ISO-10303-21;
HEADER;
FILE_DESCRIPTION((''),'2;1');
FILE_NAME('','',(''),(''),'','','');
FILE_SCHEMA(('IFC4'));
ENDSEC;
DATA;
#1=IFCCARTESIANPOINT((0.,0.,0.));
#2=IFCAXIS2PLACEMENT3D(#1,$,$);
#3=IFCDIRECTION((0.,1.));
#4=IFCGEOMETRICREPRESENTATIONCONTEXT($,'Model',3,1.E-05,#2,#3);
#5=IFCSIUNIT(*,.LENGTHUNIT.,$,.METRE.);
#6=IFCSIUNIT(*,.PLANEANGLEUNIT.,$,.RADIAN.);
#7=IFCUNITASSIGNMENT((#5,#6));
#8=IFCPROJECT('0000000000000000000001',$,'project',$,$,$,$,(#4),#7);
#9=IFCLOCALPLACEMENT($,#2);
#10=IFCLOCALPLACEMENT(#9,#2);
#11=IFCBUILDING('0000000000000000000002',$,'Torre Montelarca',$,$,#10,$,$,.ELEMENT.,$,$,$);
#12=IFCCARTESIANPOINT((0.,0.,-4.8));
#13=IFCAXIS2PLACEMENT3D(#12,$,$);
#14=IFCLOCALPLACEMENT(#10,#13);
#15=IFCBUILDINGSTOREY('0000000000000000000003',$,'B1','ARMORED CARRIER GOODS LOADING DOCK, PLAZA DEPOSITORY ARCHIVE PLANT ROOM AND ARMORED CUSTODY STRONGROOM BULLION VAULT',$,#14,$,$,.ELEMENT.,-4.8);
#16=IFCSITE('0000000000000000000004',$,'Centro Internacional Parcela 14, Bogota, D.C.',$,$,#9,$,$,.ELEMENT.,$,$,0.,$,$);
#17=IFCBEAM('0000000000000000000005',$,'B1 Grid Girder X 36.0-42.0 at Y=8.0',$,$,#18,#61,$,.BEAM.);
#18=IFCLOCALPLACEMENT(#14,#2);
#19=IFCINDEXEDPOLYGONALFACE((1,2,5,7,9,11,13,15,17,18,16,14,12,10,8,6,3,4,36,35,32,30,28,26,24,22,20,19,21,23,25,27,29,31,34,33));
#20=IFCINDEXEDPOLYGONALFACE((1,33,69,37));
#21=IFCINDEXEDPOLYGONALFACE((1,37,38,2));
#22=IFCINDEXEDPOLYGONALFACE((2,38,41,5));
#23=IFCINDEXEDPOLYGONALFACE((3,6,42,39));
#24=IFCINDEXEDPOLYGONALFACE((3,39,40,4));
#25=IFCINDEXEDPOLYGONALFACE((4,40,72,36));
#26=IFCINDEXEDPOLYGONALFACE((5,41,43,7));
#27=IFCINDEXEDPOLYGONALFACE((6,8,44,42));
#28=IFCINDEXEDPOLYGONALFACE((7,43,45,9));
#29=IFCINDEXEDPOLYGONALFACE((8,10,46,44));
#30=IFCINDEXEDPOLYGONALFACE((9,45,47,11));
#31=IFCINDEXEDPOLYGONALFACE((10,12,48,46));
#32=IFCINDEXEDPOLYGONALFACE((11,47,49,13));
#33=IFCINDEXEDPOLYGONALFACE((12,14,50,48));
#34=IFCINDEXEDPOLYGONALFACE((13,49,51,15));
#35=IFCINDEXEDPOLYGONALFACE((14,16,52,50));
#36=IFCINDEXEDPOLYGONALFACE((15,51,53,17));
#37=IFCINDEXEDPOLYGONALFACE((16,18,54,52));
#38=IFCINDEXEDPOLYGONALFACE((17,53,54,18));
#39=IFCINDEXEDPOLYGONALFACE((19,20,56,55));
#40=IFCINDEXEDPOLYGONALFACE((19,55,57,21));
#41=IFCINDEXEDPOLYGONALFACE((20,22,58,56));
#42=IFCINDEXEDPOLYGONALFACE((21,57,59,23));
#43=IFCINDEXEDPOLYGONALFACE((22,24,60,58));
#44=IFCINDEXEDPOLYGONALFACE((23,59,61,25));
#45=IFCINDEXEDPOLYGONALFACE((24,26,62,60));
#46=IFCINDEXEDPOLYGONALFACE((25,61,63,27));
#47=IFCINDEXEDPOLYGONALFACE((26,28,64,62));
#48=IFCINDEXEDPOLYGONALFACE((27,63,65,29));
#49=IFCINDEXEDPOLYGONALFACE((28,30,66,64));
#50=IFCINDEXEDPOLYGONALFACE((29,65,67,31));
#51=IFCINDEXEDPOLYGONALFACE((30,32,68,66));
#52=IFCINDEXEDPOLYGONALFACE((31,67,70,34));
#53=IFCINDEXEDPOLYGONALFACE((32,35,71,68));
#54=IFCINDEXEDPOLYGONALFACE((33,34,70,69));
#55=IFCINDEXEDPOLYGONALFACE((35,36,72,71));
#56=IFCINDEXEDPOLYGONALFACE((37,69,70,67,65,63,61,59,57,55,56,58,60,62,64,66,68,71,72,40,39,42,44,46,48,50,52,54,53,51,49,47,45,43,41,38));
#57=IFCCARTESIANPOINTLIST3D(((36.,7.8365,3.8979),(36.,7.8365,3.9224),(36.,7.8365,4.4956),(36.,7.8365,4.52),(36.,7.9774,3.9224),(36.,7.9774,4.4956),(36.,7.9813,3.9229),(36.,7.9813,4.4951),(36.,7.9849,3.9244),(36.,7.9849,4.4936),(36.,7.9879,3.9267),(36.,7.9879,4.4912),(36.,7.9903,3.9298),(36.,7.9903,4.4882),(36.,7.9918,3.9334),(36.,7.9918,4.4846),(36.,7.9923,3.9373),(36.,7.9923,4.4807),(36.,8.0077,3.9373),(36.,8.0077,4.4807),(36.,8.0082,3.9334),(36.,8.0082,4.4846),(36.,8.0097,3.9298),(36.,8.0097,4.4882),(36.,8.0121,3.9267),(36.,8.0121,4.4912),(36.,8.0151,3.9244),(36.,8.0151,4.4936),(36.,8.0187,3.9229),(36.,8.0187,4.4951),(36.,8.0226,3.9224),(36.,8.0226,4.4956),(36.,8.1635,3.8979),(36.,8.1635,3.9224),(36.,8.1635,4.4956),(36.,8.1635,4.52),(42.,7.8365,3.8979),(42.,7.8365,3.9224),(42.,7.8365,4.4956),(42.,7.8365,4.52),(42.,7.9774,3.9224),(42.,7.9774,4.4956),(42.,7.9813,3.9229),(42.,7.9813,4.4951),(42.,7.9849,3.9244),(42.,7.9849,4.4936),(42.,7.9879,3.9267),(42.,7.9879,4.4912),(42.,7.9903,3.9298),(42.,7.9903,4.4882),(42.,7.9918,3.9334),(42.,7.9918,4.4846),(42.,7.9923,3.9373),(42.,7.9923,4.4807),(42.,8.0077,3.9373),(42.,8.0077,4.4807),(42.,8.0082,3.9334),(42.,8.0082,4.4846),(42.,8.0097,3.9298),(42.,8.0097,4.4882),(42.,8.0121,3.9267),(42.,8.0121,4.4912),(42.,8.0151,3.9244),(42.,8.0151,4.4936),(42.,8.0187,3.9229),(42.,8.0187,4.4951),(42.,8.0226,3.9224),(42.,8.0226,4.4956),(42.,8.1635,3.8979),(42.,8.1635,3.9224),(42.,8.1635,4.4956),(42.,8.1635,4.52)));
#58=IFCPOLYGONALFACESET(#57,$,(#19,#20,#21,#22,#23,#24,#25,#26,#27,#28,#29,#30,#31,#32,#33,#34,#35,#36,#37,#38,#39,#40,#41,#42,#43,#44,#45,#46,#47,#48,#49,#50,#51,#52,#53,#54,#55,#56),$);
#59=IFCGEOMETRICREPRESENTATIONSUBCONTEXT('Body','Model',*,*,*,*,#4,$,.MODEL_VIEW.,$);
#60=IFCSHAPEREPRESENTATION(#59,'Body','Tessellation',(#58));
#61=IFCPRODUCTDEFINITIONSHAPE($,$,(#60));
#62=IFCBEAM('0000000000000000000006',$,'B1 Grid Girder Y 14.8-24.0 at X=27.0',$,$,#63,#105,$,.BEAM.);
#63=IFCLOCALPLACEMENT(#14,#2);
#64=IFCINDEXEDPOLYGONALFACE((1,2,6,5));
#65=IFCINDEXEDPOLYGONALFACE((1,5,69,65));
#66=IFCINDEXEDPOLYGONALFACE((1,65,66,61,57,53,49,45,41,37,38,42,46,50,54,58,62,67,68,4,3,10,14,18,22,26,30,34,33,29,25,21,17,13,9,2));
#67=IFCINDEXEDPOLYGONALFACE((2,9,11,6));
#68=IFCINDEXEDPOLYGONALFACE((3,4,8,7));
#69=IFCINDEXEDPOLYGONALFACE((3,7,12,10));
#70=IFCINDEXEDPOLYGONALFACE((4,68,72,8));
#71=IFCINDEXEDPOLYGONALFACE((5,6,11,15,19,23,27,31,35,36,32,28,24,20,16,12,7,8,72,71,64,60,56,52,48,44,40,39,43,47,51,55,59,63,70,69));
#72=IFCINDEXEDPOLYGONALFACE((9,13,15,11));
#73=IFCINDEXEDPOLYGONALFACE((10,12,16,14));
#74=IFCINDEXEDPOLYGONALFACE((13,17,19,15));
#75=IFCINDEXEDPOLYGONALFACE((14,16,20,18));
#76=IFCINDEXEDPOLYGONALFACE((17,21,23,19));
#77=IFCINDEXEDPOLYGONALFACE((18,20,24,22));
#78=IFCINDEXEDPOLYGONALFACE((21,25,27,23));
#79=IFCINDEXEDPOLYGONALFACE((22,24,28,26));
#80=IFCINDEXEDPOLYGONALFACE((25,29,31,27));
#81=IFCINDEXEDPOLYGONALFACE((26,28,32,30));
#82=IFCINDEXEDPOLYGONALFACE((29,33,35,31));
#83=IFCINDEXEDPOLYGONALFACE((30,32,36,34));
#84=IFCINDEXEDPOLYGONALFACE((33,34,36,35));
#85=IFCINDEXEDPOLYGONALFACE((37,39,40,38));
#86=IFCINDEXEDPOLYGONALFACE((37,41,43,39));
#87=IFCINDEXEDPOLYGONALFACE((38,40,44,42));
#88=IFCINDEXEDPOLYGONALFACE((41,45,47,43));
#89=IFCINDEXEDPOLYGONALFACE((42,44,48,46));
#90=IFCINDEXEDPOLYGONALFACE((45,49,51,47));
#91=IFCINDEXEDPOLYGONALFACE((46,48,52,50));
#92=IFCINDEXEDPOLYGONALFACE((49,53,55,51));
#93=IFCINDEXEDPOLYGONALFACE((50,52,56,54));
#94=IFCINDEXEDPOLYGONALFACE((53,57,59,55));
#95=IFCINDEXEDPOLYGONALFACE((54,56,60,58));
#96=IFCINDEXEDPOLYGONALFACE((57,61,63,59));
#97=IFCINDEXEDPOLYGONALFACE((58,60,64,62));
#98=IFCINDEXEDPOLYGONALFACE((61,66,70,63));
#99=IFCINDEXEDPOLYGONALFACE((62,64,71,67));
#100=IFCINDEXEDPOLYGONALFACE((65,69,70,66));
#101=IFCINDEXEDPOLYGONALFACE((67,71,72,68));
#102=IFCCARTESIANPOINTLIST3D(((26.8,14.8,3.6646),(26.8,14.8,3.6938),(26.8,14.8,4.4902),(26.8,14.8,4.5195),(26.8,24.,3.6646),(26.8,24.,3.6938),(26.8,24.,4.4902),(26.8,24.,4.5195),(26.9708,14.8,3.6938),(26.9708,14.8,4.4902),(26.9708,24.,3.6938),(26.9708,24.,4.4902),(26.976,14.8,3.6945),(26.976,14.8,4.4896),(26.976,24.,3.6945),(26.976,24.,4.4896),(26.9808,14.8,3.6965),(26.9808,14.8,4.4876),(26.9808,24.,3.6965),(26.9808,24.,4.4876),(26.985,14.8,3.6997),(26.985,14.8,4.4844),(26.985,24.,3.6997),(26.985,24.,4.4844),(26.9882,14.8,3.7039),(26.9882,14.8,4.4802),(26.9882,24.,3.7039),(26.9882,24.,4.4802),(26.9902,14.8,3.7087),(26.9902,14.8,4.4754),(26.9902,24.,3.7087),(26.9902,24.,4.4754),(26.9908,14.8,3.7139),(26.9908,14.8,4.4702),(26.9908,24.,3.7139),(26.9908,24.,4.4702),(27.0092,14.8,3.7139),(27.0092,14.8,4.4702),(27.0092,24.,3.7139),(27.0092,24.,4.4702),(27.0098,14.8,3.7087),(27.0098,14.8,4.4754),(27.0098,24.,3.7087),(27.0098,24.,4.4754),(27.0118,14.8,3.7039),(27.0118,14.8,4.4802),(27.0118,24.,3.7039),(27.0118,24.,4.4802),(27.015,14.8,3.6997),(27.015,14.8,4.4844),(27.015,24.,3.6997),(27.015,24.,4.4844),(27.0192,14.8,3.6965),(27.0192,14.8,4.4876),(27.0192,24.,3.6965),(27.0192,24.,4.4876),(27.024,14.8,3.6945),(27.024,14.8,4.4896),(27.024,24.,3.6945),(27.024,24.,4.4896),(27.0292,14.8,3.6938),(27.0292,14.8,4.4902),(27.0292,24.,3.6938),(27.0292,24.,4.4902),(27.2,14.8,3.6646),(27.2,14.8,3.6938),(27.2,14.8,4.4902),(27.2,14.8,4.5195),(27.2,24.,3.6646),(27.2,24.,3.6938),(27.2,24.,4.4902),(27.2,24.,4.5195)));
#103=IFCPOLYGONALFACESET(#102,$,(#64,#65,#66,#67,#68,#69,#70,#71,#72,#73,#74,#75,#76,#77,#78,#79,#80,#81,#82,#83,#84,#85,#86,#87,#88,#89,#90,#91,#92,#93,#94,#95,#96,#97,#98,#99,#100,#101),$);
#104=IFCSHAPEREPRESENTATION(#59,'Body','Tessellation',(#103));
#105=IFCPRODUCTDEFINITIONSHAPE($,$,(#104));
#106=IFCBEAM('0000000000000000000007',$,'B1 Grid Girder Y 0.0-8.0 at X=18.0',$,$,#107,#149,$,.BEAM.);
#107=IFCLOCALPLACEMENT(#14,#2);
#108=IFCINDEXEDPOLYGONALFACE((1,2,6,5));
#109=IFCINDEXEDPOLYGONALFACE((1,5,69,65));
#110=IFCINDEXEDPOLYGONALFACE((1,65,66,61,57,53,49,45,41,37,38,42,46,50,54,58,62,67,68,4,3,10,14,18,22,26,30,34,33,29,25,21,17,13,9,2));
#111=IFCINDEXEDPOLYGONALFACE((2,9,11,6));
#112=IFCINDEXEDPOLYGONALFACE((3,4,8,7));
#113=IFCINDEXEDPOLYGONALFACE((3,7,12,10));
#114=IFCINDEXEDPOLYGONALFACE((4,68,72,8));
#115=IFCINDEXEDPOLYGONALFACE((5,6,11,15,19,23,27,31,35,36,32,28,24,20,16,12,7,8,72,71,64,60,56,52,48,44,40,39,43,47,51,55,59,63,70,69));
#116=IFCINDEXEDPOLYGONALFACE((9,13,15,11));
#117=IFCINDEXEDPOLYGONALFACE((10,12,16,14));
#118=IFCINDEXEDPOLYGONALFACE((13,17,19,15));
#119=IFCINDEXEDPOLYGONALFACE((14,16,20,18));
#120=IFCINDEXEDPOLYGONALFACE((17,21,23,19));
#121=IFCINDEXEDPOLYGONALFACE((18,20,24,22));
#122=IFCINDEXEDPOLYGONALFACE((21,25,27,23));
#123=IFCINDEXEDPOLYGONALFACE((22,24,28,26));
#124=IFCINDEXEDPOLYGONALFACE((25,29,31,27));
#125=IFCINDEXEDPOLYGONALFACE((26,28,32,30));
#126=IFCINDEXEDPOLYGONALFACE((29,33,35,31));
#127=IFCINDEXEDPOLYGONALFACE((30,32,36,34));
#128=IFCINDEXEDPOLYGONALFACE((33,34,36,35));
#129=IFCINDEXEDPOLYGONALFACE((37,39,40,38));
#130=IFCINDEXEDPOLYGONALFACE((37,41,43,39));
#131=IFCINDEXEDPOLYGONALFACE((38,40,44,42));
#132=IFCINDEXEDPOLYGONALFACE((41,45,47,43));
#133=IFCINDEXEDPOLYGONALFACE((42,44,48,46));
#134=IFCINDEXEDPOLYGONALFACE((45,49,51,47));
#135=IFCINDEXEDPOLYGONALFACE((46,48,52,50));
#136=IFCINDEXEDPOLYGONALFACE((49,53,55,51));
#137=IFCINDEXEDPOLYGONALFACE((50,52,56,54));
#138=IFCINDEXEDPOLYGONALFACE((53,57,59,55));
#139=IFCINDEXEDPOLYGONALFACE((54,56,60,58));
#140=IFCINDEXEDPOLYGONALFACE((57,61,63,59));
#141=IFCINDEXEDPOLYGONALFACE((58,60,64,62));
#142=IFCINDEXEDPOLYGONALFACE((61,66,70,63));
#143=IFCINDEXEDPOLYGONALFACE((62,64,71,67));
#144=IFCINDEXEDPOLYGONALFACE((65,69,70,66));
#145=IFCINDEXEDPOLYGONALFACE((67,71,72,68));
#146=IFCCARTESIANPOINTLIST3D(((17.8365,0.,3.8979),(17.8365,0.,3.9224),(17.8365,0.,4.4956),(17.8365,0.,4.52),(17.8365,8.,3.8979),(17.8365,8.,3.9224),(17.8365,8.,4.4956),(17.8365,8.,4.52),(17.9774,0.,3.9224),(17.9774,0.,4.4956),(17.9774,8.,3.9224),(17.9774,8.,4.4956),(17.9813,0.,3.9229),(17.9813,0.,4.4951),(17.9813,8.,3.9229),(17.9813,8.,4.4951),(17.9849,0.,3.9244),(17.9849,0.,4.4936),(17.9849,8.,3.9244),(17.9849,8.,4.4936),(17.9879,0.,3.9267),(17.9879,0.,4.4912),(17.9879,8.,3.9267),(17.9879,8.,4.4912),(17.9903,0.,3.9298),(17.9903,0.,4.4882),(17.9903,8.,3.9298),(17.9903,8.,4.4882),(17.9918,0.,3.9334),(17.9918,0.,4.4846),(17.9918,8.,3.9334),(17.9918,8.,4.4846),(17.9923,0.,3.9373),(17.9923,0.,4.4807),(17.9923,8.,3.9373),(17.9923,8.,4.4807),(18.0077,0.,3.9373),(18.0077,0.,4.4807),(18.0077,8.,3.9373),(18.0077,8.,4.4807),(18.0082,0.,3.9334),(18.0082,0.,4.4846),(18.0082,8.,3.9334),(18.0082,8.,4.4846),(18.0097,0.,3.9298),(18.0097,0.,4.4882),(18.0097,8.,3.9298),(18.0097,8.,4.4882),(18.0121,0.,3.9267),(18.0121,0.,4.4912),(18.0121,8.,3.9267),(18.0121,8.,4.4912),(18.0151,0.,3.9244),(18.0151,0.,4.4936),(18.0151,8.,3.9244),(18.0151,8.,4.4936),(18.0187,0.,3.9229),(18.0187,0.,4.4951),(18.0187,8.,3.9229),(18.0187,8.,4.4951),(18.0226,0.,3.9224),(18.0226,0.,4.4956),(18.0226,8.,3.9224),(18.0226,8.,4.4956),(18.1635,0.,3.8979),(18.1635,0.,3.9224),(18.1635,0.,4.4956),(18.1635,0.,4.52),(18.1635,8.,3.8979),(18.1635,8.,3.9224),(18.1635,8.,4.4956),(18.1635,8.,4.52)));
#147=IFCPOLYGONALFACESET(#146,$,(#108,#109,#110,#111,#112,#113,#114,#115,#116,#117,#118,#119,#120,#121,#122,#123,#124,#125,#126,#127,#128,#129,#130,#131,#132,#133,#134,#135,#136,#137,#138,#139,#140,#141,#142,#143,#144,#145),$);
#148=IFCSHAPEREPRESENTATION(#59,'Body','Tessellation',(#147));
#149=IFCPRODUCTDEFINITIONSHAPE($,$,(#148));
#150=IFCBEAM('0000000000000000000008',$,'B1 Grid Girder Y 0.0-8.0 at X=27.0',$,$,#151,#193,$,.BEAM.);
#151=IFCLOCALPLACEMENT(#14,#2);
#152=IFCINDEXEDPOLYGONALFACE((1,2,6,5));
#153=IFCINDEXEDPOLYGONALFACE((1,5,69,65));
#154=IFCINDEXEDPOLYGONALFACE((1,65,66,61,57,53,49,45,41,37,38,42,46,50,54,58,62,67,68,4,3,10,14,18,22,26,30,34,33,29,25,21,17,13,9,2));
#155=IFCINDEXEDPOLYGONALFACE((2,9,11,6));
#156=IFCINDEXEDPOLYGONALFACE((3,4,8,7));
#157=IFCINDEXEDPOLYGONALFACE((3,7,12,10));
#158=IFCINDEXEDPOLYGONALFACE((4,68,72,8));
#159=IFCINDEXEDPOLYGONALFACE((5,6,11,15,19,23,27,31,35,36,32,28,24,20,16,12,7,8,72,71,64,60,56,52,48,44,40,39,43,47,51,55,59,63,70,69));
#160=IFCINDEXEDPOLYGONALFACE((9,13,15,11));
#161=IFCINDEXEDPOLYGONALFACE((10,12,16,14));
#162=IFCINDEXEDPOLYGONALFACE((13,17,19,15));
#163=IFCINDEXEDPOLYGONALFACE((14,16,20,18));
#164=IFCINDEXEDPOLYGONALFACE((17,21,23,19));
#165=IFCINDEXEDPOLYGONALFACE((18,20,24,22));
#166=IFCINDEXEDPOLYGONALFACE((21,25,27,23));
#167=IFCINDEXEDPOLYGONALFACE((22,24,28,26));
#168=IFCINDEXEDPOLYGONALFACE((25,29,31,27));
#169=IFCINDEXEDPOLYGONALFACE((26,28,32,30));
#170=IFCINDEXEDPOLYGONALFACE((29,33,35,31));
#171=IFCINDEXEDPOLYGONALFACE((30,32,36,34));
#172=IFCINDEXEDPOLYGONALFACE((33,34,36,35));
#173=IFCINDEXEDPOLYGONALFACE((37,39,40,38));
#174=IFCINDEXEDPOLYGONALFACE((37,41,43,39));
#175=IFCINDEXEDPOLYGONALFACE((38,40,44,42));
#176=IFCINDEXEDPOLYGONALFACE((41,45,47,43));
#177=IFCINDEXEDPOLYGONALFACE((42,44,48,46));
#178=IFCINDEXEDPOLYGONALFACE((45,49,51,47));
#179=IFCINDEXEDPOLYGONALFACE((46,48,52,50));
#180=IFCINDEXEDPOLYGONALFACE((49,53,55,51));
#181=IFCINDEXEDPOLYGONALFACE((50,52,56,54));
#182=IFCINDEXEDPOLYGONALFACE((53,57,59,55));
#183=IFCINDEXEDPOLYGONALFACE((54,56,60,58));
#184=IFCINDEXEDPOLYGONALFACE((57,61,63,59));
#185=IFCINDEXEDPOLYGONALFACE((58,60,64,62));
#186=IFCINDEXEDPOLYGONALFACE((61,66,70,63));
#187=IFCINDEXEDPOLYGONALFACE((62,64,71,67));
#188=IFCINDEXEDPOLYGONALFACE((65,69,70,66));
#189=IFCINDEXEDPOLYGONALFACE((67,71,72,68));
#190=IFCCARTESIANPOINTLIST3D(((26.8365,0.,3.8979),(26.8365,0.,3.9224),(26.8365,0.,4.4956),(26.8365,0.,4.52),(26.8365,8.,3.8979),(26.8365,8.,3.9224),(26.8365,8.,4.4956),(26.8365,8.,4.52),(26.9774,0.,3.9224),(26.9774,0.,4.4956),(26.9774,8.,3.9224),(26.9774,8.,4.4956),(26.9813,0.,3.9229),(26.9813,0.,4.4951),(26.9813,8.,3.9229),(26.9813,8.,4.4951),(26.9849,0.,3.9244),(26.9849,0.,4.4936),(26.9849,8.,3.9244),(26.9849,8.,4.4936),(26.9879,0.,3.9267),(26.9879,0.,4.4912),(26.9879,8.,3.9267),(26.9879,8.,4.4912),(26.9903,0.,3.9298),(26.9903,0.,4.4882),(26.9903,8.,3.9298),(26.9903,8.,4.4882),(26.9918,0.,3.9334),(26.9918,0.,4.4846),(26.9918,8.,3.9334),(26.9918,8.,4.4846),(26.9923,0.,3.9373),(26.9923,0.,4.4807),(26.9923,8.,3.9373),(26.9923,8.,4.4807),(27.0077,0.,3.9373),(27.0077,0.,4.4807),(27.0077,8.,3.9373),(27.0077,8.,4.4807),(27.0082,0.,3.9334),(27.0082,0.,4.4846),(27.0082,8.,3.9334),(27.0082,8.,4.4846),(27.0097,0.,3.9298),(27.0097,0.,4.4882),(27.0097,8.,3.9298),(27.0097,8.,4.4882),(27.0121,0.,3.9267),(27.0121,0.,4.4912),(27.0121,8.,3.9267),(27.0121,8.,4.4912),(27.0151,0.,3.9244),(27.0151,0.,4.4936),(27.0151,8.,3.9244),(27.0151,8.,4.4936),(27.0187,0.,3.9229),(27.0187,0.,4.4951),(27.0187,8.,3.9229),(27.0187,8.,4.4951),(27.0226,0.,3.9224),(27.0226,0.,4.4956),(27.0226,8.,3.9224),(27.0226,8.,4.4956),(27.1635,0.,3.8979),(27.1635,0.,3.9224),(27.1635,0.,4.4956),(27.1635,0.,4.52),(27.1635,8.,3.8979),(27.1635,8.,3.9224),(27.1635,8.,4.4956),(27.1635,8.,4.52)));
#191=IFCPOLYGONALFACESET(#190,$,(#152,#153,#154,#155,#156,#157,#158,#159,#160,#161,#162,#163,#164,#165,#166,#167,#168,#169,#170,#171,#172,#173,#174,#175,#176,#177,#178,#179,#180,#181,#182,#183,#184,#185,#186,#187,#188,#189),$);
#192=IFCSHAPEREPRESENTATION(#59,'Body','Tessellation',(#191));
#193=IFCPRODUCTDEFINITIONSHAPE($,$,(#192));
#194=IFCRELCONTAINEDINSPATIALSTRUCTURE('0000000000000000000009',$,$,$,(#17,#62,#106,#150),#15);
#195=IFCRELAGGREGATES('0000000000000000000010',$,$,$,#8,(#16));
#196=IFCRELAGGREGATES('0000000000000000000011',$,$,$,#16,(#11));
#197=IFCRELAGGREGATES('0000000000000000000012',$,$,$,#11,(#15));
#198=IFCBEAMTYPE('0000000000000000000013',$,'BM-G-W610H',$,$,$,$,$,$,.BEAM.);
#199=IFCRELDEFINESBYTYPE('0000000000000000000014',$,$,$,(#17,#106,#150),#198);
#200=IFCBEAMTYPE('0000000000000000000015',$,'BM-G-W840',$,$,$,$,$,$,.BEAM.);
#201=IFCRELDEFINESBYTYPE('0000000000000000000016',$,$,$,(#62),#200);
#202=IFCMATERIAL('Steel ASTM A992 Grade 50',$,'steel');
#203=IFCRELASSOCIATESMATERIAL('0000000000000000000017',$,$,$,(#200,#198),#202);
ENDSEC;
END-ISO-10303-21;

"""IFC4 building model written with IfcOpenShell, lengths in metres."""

from ifc_helpers import new_model, si_unit, direction, frame, origin, origin_2d, place, context, subcontext, project, spatial, i_section, extrude, source, transform, mapped, material, material_profile, profile_set, type_object, element, save


model = new_model("IFC4")

# Units and contexts
model_context = context("Model", 3, precision=1e-05, world=origin(), true_north=direction((0.0, 1.0)))
body_context = subcontext(model_context, "Body", "Model", "MODEL_VIEW")
ifc_project = project(units=[si_unit("LENGTHUNIT", "METRE"), si_unit("PLANEANGLEUNIT", "RADIAN")], contexts=[model_context])

# Site, building, storey
site_placement = place(None, origin())
site = spatial("IfcSite", under=ifc_project, at=site_placement, Name="Centro Internacional Parcela 14, Bogota, D.C.", CompositionType="ELEMENT", RefElevation=0.0)
building_placement = place(site_placement, origin())
building = spatial("IfcBuilding", under=site, at=building_placement, Name="Torre Montelarca", CompositionType="ELEMENT")
storey_placement = place(building_placement, frame((0.0, 0.0, -4.8)))
storey = spatial("IfcBuildingStorey", under=building, at=storey_placement, Name="B1", Description="ARMORED CARRIER GOODS LOADING DOCK, PLAZA DEPOSITORY ARCHIVE PLANT ROOM AND ARMORED CUSTODY STRONGROOM BULLION VAULT", CompositionType="ELEMENT", Elevation=-4.8)

# Beams
ifc_material_1 = material(Name="Steel ASTM A992 Grade 50", Category="steel")
ifc_material_profile_1 = material_profile(ifc_material_1, i_section(OverallWidth=0.3999, OverallDepth=0.855, WebThickness=0.0183, FlangeThickness=0.0293, FilletRadius=0.02, at=origin_2d()), Name="W840X299", Category="steel")
ifc_profile_set_1 = profile_set([ifc_material_profile_1], Name="Steel ASTM A992 Grade 50")
beam_type_1 = type_object("IfcBeamType", Name="BM-G-W840", PredefinedType="BEAM", material=ifc_profile_set_1)
ifc_material_profile_2 = material_profile(ifc_material_1, i_section(OverallWidth=0.3269, OverallDepth=0.6221, WebThickness=0.0154, FlangeThickness=0.0244, FilletRadius=0.0149, at=origin_2d()), Name="W610X195", Category="steel")
ifc_profile_set_2 = profile_set([ifc_material_profile_2], Name="Steel ASTM A992 Grade 50")
beam_type_2 = type_object("IfcBeamType", Name="BM-G-W610H", PredefinedType="BEAM", material=ifc_profile_set_2)
shared_shape_1 = source(origin(), body_context, "Body", "SweptSolid", [
    extrude(i_section(OverallWidth=0.3269, OverallDepth=0.6221, WebThickness=0.0154, FlangeThickness=0.0244, FilletRadius=0.0149, at=origin_2d()), origin(), (0.0, 0.0, 1.0), 6.0),
])
beam_1_placement = place(storey_placement, frame((36.0, 8.0, 4.209), z_axis=(1.0, 0.0, 0.0), x_axis=(0.0, 1.0, 0.0)))
element("IfcBeam", 1, at=beam_1_placement, inside=storey, type_object=beam_type_2, Name="B1 Grid Girder X 36.0-42.0 at Y=8.0", PredefinedType="BEAM", context=body_context, shape_type="MappedRepresentation", body=[
    mapped(shared_shape_1, transform((0.0, 0.0, 0.0), scale=1.0)),
])
shared_shape_2 = source(origin(), body_context, "Body", "SweptSolid", [
    extrude(i_section(OverallWidth=0.3999, OverallDepth=0.855, WebThickness=0.0183, FlangeThickness=0.0293, FilletRadius=0.02, at=origin_2d()), origin(), (0.0, 0.0, 1.0), 9.2),
])
beam_2_placement = place(storey_placement, frame((27.0, 14.8, 4.092), z_axis=(0.0, 1.0, 0.0), x_axis=(-1.0, 0.0, 0.0)))
element("IfcBeam", 2, at=beam_2_placement, inside=storey, type_object=beam_type_1, Name="B1 Grid Girder Y 14.8-24.0 at X=27.0", PredefinedType="BEAM", context=body_context, shape_type="MappedRepresentation", body=[
    mapped(shared_shape_2, transform((0.0, 0.0, 0.0), scale=1.0)),
])
shared_shape_3 = source(origin(), body_context, "Body", "SweptSolid", [
    extrude(i_section(OverallWidth=0.3269, OverallDepth=0.6221, WebThickness=0.0154, FlangeThickness=0.0244, FilletRadius=0.0149, at=origin_2d()), origin(), (0.0, 0.0, 1.0), 8.0),
])
for number, where, z_axis, x_axis, name in (
    (3, (18.0, 0.0, 4.209), (0.0, 1.0, 0.0), (-1.0, 0.0, 0.0), "B1 Grid Girder Y 0.0-8.0 at X=18.0"),
    (4, (27.0, 0.0, 4.209), (0.0, 1.0, 0.0), (-1.0, 0.0, 0.0), "B1 Grid Girder Y 0.0-8.0 at X=27.0"),
):
    element("IfcBeam", number, at=place(storey_placement, frame(where, z_axis=z_axis, x_axis=x_axis)), inside=storey, type_object=beam_type_2, Name=name, PredefinedType="BEAM", context=body_context, shape_type="MappedRepresentation", body=[
        mapped(shared_shape_3, transform((0.0, 0.0, 0.0), scale=1.0)),
    ])

save(model, "model.ifc")
